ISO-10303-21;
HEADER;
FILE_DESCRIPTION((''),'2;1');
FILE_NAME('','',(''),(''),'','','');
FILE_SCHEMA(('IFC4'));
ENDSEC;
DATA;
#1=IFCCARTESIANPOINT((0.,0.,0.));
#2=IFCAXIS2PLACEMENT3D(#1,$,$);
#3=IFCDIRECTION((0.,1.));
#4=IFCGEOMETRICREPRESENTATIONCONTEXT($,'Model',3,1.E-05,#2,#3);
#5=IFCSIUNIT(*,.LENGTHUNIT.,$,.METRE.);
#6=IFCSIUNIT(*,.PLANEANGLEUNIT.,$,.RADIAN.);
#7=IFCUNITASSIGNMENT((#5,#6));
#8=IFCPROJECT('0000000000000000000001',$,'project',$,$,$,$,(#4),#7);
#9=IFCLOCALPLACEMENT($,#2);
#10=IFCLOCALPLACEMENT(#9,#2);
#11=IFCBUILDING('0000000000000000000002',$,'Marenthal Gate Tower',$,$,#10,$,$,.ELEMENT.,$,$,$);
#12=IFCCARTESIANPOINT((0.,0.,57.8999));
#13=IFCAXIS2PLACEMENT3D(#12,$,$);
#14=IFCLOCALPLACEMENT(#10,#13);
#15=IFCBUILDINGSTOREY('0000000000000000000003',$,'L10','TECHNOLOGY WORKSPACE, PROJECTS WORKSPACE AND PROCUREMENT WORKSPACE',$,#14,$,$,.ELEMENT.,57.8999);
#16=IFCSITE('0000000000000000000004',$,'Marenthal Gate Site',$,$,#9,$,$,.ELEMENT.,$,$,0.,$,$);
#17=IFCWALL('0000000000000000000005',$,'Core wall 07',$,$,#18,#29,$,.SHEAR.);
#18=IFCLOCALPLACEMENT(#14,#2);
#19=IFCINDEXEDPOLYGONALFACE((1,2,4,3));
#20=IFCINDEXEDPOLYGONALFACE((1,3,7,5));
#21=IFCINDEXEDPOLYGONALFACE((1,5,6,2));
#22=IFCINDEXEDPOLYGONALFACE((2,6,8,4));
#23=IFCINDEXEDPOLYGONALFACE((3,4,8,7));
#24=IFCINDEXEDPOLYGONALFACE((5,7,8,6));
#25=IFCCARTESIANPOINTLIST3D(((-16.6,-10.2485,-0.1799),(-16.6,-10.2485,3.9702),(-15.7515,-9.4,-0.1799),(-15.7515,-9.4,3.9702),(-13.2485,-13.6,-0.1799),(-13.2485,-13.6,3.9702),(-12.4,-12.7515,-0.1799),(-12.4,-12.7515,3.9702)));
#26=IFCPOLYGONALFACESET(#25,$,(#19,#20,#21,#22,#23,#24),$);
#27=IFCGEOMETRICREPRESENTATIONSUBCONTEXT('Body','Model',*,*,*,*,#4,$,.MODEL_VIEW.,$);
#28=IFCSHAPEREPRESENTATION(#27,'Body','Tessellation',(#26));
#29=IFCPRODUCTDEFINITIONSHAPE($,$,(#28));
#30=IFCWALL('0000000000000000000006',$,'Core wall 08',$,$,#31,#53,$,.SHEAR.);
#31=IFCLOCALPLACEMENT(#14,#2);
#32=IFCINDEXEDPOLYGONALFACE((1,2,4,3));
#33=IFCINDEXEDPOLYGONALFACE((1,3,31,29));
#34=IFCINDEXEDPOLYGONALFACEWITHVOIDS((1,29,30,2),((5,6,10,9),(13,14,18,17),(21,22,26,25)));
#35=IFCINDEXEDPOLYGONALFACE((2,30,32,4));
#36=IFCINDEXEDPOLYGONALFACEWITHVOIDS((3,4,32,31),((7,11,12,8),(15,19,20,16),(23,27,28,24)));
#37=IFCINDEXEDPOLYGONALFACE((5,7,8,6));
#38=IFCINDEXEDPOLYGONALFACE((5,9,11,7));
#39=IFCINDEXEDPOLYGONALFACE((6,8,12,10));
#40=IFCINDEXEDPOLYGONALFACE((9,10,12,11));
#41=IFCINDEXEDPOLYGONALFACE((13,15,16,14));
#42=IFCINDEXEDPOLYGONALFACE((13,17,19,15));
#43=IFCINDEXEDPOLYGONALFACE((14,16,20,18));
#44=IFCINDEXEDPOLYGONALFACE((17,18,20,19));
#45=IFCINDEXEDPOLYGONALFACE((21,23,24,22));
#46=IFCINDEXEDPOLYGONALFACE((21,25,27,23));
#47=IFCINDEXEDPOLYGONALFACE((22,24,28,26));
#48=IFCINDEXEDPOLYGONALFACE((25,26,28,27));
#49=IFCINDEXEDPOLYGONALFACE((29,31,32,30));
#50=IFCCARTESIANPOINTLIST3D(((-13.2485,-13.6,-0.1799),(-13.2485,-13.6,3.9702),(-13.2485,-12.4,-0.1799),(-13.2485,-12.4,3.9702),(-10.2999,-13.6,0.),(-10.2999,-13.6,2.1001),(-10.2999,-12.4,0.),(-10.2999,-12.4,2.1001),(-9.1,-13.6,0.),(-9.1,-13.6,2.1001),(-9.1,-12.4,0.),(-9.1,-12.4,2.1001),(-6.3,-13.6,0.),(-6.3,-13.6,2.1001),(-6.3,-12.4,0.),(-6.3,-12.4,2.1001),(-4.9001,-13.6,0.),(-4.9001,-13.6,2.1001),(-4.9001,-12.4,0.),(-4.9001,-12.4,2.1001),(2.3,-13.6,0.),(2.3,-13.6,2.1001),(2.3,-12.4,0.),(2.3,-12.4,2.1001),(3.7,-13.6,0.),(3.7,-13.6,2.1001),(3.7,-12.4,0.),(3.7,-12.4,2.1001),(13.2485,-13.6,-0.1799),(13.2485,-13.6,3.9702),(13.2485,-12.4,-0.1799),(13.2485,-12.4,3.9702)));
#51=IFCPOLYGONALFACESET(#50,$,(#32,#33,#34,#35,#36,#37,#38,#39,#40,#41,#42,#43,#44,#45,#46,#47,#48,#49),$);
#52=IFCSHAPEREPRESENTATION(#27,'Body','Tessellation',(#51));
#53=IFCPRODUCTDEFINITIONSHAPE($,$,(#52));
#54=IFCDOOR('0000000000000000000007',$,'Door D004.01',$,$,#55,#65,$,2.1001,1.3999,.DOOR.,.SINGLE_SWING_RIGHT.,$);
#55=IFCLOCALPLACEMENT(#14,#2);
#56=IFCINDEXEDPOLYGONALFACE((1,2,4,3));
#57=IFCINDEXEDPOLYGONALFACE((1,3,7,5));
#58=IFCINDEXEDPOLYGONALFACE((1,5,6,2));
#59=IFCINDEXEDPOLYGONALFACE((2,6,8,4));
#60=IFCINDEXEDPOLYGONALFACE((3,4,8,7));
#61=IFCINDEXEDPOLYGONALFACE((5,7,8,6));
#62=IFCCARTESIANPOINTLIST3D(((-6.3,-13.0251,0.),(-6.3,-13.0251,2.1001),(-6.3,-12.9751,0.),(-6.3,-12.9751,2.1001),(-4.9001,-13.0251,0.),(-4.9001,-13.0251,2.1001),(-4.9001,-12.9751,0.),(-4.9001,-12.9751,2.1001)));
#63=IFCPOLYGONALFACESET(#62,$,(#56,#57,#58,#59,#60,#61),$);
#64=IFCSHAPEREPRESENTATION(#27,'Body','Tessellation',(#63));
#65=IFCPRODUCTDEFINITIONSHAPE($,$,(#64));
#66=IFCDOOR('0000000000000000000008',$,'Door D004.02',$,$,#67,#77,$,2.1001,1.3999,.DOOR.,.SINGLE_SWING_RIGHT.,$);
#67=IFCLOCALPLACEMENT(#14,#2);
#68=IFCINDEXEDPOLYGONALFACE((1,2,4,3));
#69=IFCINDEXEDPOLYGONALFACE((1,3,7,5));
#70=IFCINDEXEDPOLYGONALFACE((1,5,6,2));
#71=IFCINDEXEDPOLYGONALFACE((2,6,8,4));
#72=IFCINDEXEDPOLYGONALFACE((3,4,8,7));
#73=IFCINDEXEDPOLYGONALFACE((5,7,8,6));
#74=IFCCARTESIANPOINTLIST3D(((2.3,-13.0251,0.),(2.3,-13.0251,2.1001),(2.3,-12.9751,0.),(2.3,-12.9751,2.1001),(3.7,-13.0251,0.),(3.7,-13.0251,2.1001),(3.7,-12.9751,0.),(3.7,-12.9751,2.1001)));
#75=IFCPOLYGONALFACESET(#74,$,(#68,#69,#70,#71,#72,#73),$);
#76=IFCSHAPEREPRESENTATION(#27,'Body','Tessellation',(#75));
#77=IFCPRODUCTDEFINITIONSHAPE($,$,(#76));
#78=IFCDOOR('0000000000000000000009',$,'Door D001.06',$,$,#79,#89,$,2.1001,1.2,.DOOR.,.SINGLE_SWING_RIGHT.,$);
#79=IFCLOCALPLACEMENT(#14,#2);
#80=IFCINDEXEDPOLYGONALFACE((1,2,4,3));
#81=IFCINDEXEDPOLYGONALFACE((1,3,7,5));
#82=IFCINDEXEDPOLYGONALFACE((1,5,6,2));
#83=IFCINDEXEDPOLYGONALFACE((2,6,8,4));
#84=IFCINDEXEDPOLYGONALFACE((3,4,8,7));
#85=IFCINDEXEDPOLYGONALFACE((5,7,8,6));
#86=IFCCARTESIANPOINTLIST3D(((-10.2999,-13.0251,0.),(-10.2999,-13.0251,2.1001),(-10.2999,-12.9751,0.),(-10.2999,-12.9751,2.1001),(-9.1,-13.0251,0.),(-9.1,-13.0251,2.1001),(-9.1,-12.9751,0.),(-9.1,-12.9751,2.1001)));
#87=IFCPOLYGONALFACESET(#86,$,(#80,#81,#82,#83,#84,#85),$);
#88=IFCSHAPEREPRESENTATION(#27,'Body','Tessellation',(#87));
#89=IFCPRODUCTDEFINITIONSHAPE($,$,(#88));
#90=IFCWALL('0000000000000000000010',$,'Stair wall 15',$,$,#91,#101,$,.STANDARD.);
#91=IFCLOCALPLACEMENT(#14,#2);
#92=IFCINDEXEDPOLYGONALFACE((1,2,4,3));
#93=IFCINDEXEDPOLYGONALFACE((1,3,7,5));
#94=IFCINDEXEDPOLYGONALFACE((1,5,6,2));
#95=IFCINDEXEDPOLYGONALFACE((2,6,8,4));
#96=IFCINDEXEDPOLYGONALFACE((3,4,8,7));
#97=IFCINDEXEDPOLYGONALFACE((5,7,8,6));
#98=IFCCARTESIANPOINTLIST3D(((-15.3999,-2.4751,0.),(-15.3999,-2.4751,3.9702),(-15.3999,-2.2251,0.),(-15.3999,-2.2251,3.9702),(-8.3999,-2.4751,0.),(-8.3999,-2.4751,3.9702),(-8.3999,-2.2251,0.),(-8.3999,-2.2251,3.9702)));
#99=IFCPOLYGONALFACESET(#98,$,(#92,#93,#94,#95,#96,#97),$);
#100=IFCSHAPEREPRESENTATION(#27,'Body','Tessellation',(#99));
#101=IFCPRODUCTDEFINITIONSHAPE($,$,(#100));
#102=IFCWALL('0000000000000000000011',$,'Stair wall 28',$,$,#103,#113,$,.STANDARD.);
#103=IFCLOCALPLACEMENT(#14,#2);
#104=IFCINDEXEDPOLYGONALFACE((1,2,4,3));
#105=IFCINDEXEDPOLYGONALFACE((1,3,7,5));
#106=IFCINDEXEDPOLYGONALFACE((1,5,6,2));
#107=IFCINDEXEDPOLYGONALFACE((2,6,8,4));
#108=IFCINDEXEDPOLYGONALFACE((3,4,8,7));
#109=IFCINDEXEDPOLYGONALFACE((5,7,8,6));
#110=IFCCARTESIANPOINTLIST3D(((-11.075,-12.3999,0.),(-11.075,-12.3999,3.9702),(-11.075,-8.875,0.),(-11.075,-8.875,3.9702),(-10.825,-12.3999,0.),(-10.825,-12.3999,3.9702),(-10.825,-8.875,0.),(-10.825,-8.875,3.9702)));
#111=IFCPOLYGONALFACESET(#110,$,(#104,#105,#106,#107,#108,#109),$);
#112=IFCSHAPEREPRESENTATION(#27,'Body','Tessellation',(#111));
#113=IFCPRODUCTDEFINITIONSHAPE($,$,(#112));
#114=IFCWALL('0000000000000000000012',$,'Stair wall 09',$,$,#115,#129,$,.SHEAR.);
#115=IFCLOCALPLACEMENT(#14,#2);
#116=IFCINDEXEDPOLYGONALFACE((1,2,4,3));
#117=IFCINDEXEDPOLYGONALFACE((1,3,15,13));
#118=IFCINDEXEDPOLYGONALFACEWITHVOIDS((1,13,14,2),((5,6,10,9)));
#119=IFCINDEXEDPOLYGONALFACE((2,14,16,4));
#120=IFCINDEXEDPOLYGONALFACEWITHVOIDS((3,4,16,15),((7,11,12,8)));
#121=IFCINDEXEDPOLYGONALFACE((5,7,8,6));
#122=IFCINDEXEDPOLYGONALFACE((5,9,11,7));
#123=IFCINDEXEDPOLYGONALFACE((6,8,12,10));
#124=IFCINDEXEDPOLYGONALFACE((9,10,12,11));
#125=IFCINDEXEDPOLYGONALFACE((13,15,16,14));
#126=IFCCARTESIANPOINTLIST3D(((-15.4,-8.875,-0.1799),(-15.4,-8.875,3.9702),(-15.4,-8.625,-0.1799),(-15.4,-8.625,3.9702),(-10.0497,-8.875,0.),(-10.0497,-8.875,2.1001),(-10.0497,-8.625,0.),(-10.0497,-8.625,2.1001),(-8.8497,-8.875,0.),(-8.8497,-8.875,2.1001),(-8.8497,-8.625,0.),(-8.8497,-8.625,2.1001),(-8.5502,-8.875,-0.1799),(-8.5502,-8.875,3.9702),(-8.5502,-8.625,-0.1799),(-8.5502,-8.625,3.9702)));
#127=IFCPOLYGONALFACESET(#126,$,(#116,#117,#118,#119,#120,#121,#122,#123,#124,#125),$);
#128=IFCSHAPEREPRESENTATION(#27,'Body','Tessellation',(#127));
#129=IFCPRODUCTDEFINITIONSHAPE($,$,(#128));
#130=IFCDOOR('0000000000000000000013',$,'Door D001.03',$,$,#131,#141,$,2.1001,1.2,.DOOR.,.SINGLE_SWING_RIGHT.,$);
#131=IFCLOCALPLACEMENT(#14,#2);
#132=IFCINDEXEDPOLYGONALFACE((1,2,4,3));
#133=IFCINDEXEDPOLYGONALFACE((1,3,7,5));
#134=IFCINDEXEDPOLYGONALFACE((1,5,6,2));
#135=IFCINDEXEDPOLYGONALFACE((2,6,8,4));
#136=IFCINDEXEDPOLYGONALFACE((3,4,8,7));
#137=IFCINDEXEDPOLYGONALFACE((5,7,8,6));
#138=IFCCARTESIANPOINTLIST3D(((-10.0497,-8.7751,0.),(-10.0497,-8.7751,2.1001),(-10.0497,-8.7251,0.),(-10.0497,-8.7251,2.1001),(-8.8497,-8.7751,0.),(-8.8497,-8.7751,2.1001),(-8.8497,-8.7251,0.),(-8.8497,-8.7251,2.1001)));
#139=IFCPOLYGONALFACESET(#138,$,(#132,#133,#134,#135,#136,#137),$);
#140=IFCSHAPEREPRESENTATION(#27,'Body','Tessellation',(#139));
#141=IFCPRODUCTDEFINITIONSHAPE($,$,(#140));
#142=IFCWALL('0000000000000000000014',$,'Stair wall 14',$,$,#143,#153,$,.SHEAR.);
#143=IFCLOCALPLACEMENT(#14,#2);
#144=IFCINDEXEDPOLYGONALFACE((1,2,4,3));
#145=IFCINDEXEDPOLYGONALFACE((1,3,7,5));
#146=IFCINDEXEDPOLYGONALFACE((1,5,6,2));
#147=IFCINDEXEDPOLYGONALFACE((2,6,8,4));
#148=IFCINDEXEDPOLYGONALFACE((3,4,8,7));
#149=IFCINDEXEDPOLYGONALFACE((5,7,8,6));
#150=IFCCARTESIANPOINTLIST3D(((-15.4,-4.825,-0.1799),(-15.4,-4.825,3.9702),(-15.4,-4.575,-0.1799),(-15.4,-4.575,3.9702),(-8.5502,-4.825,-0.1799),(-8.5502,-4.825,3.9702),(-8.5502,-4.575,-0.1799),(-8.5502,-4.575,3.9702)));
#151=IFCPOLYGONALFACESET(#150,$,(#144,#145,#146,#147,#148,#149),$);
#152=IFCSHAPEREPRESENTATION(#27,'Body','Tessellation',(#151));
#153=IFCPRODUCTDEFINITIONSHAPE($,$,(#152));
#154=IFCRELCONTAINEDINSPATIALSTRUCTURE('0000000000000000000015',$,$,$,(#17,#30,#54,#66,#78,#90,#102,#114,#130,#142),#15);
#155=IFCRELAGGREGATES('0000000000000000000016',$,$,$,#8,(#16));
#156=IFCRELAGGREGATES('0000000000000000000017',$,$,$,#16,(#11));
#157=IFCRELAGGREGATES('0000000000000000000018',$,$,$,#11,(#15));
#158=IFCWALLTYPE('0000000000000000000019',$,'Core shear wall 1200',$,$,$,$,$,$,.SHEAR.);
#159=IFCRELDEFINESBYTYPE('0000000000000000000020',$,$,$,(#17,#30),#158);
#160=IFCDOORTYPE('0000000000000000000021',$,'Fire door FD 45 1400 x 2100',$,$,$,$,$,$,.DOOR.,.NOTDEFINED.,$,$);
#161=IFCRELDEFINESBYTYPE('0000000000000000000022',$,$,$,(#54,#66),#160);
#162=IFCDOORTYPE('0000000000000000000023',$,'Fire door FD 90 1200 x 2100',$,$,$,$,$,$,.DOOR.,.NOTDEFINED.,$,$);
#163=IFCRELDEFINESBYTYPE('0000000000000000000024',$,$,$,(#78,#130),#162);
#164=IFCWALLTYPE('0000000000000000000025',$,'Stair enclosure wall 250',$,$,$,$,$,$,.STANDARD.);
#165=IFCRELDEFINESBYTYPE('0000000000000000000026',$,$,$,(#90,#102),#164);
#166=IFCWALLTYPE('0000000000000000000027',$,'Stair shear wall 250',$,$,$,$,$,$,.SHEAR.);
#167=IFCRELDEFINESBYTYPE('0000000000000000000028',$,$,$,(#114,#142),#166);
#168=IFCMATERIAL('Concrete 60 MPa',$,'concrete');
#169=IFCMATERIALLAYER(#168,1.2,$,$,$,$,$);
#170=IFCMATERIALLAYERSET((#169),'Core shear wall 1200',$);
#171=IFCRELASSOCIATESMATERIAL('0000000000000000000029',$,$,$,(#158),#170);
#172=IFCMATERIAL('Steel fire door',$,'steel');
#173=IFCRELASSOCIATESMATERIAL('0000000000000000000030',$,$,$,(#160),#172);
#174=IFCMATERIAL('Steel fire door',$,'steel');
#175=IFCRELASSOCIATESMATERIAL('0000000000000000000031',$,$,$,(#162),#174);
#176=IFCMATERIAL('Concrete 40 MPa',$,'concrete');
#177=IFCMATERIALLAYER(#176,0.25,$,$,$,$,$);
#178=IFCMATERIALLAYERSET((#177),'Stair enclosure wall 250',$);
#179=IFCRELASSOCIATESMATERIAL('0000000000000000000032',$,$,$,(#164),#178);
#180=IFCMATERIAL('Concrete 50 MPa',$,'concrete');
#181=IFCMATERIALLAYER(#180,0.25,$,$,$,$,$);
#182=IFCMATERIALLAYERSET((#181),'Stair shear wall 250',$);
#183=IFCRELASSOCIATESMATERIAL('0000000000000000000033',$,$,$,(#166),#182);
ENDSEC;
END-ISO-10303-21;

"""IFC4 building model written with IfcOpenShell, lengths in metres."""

from ifc_helpers import new_model, si_unit, direction, frame, frame_2d, origin, place, context, subcontext, project, spatial, rectangle, extrude, material, layer, layer_set, type_object, element, fill, save


model = new_model("IFC4")

# Units and contexts
model_context = context("Model", 3, precision=1e-05, world=origin(), true_north=direction((0.0, 1.0)))
body_context = subcontext(model_context, "Body", "Model", "MODEL_VIEW")
ifc_project = project(units=[si_unit("LENGTHUNIT", "METRE"), si_unit("PLANEANGLEUNIT", "RADIAN")], contexts=[model_context])

# Site, building, storey
site_placement = place(None, origin())
site = spatial("IfcSite", under=ifc_project, at=site_placement, Name="Marenthal Gate Site", CompositionType="ELEMENT", RefElevation=0.0)
building_placement = place(site_placement, origin())
building = spatial("IfcBuilding", under=site, at=building_placement, Name="Marenthal Gate Tower", CompositionType="ELEMENT")
storey_placement = place(building_placement, frame((0.0, 0.0, 57.8999)))
storey = spatial("IfcBuildingStorey", under=building, at=storey_placement, Name="L10", Description="TECHNOLOGY WORKSPACE, PROJECTS WORKSPACE AND PROCUREMENT WORKSPACE", CompositionType="ELEMENT", Elevation=57.8999)

# Wall
ifc_material_1 = material(Name="Concrete 60 MPa", Category="concrete")
ifc_layer_1 = layer(ifc_material_1, 1.2)
ifc_layer_set_1 = layer_set([ifc_layer_1], Name="Core shear wall 1200")
wall_type_1 = type_object("IfcWallType", Name="Core shear wall 1200", PredefinedType="SHEAR", material=ifc_layer_set_1)
wall_1_placement = place(storey_placement, frame((-16.1758, -9.8242, -0.1799), z_axis=(0.0, 0.0, 1.0), x_axis=(0.707107, -0.707107, 0.0)))
element("IfcWall", 1, at=wall_1_placement, inside=storey, type_object=wall_type_1, Name="Core wall 07", PredefinedType="SHEAR", context=body_context, shape_type="SweptSolid", body=[
    extrude(rectangle(XDim=4.7397, YDim=1.2, at=frame_2d((2.3699, 0.0))), origin(), (0.0, 0.0, 1.0), 4.1501),
])

# Wall, openings, doors
wall_2_placement = place(storey_placement, frame((-13.2485, -13.0, -0.1799), z_axis=(0.0, 0.0, 1.0), x_axis=(1.0, 0.0, 0.0)))
wall_2 = element("IfcWall", 2, at=wall_2_placement, inside=storey, type_object=wall_type_1, Name="Core wall 08", PredefinedType="SHEAR", context=body_context, shape_type="SweptSolid", body=[
    extrude(rectangle(XDim=26.4971, YDim=1.2, at=frame_2d((13.2485, 0.0))), origin(), (0.0, 0.0, 1.0), 4.1501),
])
opening_1_placement = place(wall_2_placement, frame((2.9485, 0.0, 0.1799)))
opening_1 = element("IfcOpeningElement", 3, at=opening_1_placement, cuts=wall_2, PredefinedType="OPENING", context=body_context, shape_type="SweptSolid", body=[
    extrude(rectangle(XDim=1.2, YDim=2.1001, at=frame_2d((0.6001, 1.05))), frame((0.0, 0.6099, 0.0), z_axis=(0.0, -1.0, 0.0), x_axis=(1.0, 0.0, 0.0)), (0.0, 0.0, 1.0), 1.22),
])
opening_2_placement = place(wall_2_placement, frame((6.9485, 0.0, 0.1799)))
opening_2 = element("IfcOpeningElement", 4, at=opening_2_placement, cuts=wall_2, PredefinedType="OPENING", context=body_context, shape_type="SweptSolid", body=[
    extrude(rectangle(XDim=1.3999, YDim=2.1001, at=frame_2d((0.7, 1.05))), frame((0.0, 0.6099, 0.0), z_axis=(0.0, -1.0, 0.0), x_axis=(1.0, 0.0, 0.0)), (0.0, 0.0, 1.0), 1.22),
])
opening_3_placement = place(wall_2_placement, frame((15.5486, 0.0, 0.1799)))
opening_3 = element("IfcOpeningElement", 5, at=opening_3_placement, cuts=wall_2, PredefinedType="OPENING", context=body_context, shape_type="SweptSolid", body=[
    extrude(rectangle(XDim=1.3999, YDim=2.1001, at=frame_2d((0.7, 1.05))), frame((0.0, 0.6099, 0.0), z_axis=(0.0, -1.0, 0.0), x_axis=(1.0, 0.0, 0.0)), (0.0, 0.0, 1.0), 1.22),
])
ifc_material_2 = material(Name="Steel fire door", Category="steel")
door_type_1 = type_object("IfcDoorType", Name="Fire door FD 45 1400 x 2100", OperationType="NOTDEFINED", PredefinedType="DOOR", material=ifc_material_2)
door_1_placement = place(opening_2_placement, origin())
door_1 = element("IfcDoor", 6, at=door_1_placement, inside=storey, type_object=door_type_1, Name="Door D004.01", OperationType="SINGLE_SWING_RIGHT", OverallHeight=2.1001, OverallWidth=1.3999, PredefinedType="DOOR", context=body_context, shape_type="SweptSolid", body=[
    extrude(rectangle(XDim=1.3999, YDim=2.1001, at=frame_2d((0.7, 1.05))), frame((0.0, 0.0249, 0.0), z_axis=(0.0, -1.0, 0.0), x_axis=(1.0, 0.0, 0.0)), (0.0, 0.0, 1.0), 0.05),
])
fill(opening_2, door_1)
door_2_placement = place(opening_3_placement, origin())
door_2 = element("IfcDoor", 7, at=door_2_placement, inside=storey, type_object=door_type_1, Name="Door D004.02", OperationType="SINGLE_SWING_RIGHT", OverallHeight=2.1001, OverallWidth=1.3999, PredefinedType="DOOR", context=body_context, shape_type="SweptSolid", body=[
    extrude(rectangle(XDim=1.3999, YDim=2.1001, at=frame_2d((0.7, 1.05))), frame((0.0, 0.0249, 0.0), z_axis=(0.0, -1.0, 0.0), x_axis=(1.0, 0.0, 0.0)), (0.0, 0.0, 1.0), 0.05),
])
fill(opening_3, door_2)
ifc_material_3 = material(Name="Steel fire door", Category="steel")
door_type_2 = type_object("IfcDoorType", Name="Fire door FD 90 1200 x 2100", OperationType="NOTDEFINED", PredefinedType="DOOR", material=ifc_material_3)
door_3_placement = place(opening_1_placement, origin())
door_3 = element("IfcDoor", 8, at=door_3_placement, inside=storey, type_object=door_type_2, Name="Door D001.06", OperationType="SINGLE_SWING_RIGHT", OverallHeight=2.1001, OverallWidth=1.2, PredefinedType="DOOR", context=body_context, shape_type="SweptSolid", body=[
    extrude(rectangle(XDim=1.2, YDim=2.1001, at=frame_2d((0.6001, 1.05))), frame((0.0, 0.0249, 0.0), z_axis=(0.0, -1.0, 0.0), x_axis=(1.0, 0.0, 0.0)), (0.0, 0.0, 1.0), 0.05),
])
fill(opening_1, door_3)

# Walls
ifc_material_4 = material(Name="Concrete 40 MPa", Category="concrete")
ifc_layer_2 = layer(ifc_material_4, 0.25)
ifc_layer_set_2 = layer_set([ifc_layer_2], Name="Stair enclosure wall 250")
wall_type_2 = type_object("IfcWallType", Name="Stair enclosure wall 250", PredefinedType="STANDARD", material=ifc_layer_set_2)
wall_3_placement = place(storey_placement, frame((-15.3999, -2.3501, 0.0), z_axis=(0.0, 0.0, 1.0), x_axis=(1.0, 0.0, 0.0)))
element("IfcWall", 9, at=wall_3_placement, inside=storey, type_object=wall_type_2, Name="Stair wall 15", PredefinedType="STANDARD", context=body_context, shape_type="SweptSolid", body=[
    extrude(rectangle(XDim=7.0, YDim=0.25, at=frame_2d((3.5, 0.0))), origin(), (0.0, 0.0, 1.0), 3.9702),
])
wall_4_placement = place(storey_placement, frame((-10.95, -12.3999, 0.0), z_axis=(0.0, 0.0, 1.0), x_axis=(0.0, 1.0, 0.0)))
element("IfcWall", 10, at=wall_4_placement, inside=storey, type_object=wall_type_2, Name="Stair wall 28", PredefinedType="STANDARD", context=body_context, shape_type="SweptSolid", body=[
    extrude(rectangle(XDim=3.5249, YDim=0.25, at=frame_2d((1.7625, 0.0))), origin(), (0.0, 0.0, 1.0), 3.9702),
])

# Wall, opening, door
ifc_material_5 = material(Name="Concrete 50 MPa", Category="concrete")
ifc_layer_3 = layer(ifc_material_5, 0.25)
ifc_layer_set_3 = layer_set([ifc_layer_3], Name="Stair shear wall 250")
wall_type_3 = type_object("IfcWallType", Name="Stair shear wall 250", PredefinedType="SHEAR", material=ifc_layer_set_3)
wall_5_placement = place(storey_placement, frame((-15.3999, -8.75, -0.1799), z_axis=(0.0, 0.0, 1.0), x_axis=(1.0, 0.0, 0.0)))
wall_5 = element("IfcWall", 11, at=wall_5_placement, inside=storey, type_object=wall_type_3, Name="Stair wall 09", PredefinedType="SHEAR", context=body_context, shape_type="SweptSolid", body=[
    extrude(rectangle(XDim=6.8499, YDim=0.25, at=frame_2d((3.4248, 0.0))), origin(), (0.0, 0.0, 1.0), 4.1501),
])
opening_4_placement = place(wall_5_placement, frame((5.3501, 0.0, 0.1799)))
opening_4 = element("IfcOpeningElement", 12, at=opening_4_placement, cuts=wall_5, PredefinedType="OPENING", context=body_context, shape_type="SweptSolid", body=[
    extrude(rectangle(XDim=1.2, YDim=2.1001, at=frame_2d((0.6001, 1.05))), frame((0.0, 0.135, 0.0), z_axis=(0.0, -1.0, 0.0), x_axis=(1.0, 0.0, 0.0)), (0.0, 0.0, 1.0), 0.27),
])
door_4_placement = place(opening_4_placement, origin())
door_4 = element("IfcDoor", 13, at=door_4_placement, inside=storey, type_object=door_type_2, Name="Door D001.03", OperationType="SINGLE_SWING_RIGHT", OverallHeight=2.1001, OverallWidth=1.2, PredefinedType="DOOR", context=body_context, shape_type="SweptSolid", body=[
    extrude(rectangle(XDim=1.2, YDim=2.1001, at=frame_2d((0.6001, 1.05))), frame((0.0, 0.0249, 0.0), z_axis=(0.0, -1.0, 0.0), x_axis=(1.0, 0.0, 0.0)), (0.0, 0.0, 1.0), 0.05),
])
fill(opening_4, door_4)

# Wall
wall_6_placement = place(storey_placement, frame((-15.3999, -4.7, -0.1799), z_axis=(0.0, 0.0, 1.0), x_axis=(1.0, 0.0, 0.0)))
element("IfcWall", 14, at=wall_6_placement, inside=storey, type_object=wall_type_3, Name="Stair wall 14", PredefinedType="SHEAR", context=body_context, shape_type="SweptSolid", body=[
    extrude(rectangle(XDim=6.8499, YDim=0.25, at=frame_2d((3.4248, 0.0))), origin(), (0.0, 0.0, 1.0), 4.1501),
])

save(model, "model.ifc")
